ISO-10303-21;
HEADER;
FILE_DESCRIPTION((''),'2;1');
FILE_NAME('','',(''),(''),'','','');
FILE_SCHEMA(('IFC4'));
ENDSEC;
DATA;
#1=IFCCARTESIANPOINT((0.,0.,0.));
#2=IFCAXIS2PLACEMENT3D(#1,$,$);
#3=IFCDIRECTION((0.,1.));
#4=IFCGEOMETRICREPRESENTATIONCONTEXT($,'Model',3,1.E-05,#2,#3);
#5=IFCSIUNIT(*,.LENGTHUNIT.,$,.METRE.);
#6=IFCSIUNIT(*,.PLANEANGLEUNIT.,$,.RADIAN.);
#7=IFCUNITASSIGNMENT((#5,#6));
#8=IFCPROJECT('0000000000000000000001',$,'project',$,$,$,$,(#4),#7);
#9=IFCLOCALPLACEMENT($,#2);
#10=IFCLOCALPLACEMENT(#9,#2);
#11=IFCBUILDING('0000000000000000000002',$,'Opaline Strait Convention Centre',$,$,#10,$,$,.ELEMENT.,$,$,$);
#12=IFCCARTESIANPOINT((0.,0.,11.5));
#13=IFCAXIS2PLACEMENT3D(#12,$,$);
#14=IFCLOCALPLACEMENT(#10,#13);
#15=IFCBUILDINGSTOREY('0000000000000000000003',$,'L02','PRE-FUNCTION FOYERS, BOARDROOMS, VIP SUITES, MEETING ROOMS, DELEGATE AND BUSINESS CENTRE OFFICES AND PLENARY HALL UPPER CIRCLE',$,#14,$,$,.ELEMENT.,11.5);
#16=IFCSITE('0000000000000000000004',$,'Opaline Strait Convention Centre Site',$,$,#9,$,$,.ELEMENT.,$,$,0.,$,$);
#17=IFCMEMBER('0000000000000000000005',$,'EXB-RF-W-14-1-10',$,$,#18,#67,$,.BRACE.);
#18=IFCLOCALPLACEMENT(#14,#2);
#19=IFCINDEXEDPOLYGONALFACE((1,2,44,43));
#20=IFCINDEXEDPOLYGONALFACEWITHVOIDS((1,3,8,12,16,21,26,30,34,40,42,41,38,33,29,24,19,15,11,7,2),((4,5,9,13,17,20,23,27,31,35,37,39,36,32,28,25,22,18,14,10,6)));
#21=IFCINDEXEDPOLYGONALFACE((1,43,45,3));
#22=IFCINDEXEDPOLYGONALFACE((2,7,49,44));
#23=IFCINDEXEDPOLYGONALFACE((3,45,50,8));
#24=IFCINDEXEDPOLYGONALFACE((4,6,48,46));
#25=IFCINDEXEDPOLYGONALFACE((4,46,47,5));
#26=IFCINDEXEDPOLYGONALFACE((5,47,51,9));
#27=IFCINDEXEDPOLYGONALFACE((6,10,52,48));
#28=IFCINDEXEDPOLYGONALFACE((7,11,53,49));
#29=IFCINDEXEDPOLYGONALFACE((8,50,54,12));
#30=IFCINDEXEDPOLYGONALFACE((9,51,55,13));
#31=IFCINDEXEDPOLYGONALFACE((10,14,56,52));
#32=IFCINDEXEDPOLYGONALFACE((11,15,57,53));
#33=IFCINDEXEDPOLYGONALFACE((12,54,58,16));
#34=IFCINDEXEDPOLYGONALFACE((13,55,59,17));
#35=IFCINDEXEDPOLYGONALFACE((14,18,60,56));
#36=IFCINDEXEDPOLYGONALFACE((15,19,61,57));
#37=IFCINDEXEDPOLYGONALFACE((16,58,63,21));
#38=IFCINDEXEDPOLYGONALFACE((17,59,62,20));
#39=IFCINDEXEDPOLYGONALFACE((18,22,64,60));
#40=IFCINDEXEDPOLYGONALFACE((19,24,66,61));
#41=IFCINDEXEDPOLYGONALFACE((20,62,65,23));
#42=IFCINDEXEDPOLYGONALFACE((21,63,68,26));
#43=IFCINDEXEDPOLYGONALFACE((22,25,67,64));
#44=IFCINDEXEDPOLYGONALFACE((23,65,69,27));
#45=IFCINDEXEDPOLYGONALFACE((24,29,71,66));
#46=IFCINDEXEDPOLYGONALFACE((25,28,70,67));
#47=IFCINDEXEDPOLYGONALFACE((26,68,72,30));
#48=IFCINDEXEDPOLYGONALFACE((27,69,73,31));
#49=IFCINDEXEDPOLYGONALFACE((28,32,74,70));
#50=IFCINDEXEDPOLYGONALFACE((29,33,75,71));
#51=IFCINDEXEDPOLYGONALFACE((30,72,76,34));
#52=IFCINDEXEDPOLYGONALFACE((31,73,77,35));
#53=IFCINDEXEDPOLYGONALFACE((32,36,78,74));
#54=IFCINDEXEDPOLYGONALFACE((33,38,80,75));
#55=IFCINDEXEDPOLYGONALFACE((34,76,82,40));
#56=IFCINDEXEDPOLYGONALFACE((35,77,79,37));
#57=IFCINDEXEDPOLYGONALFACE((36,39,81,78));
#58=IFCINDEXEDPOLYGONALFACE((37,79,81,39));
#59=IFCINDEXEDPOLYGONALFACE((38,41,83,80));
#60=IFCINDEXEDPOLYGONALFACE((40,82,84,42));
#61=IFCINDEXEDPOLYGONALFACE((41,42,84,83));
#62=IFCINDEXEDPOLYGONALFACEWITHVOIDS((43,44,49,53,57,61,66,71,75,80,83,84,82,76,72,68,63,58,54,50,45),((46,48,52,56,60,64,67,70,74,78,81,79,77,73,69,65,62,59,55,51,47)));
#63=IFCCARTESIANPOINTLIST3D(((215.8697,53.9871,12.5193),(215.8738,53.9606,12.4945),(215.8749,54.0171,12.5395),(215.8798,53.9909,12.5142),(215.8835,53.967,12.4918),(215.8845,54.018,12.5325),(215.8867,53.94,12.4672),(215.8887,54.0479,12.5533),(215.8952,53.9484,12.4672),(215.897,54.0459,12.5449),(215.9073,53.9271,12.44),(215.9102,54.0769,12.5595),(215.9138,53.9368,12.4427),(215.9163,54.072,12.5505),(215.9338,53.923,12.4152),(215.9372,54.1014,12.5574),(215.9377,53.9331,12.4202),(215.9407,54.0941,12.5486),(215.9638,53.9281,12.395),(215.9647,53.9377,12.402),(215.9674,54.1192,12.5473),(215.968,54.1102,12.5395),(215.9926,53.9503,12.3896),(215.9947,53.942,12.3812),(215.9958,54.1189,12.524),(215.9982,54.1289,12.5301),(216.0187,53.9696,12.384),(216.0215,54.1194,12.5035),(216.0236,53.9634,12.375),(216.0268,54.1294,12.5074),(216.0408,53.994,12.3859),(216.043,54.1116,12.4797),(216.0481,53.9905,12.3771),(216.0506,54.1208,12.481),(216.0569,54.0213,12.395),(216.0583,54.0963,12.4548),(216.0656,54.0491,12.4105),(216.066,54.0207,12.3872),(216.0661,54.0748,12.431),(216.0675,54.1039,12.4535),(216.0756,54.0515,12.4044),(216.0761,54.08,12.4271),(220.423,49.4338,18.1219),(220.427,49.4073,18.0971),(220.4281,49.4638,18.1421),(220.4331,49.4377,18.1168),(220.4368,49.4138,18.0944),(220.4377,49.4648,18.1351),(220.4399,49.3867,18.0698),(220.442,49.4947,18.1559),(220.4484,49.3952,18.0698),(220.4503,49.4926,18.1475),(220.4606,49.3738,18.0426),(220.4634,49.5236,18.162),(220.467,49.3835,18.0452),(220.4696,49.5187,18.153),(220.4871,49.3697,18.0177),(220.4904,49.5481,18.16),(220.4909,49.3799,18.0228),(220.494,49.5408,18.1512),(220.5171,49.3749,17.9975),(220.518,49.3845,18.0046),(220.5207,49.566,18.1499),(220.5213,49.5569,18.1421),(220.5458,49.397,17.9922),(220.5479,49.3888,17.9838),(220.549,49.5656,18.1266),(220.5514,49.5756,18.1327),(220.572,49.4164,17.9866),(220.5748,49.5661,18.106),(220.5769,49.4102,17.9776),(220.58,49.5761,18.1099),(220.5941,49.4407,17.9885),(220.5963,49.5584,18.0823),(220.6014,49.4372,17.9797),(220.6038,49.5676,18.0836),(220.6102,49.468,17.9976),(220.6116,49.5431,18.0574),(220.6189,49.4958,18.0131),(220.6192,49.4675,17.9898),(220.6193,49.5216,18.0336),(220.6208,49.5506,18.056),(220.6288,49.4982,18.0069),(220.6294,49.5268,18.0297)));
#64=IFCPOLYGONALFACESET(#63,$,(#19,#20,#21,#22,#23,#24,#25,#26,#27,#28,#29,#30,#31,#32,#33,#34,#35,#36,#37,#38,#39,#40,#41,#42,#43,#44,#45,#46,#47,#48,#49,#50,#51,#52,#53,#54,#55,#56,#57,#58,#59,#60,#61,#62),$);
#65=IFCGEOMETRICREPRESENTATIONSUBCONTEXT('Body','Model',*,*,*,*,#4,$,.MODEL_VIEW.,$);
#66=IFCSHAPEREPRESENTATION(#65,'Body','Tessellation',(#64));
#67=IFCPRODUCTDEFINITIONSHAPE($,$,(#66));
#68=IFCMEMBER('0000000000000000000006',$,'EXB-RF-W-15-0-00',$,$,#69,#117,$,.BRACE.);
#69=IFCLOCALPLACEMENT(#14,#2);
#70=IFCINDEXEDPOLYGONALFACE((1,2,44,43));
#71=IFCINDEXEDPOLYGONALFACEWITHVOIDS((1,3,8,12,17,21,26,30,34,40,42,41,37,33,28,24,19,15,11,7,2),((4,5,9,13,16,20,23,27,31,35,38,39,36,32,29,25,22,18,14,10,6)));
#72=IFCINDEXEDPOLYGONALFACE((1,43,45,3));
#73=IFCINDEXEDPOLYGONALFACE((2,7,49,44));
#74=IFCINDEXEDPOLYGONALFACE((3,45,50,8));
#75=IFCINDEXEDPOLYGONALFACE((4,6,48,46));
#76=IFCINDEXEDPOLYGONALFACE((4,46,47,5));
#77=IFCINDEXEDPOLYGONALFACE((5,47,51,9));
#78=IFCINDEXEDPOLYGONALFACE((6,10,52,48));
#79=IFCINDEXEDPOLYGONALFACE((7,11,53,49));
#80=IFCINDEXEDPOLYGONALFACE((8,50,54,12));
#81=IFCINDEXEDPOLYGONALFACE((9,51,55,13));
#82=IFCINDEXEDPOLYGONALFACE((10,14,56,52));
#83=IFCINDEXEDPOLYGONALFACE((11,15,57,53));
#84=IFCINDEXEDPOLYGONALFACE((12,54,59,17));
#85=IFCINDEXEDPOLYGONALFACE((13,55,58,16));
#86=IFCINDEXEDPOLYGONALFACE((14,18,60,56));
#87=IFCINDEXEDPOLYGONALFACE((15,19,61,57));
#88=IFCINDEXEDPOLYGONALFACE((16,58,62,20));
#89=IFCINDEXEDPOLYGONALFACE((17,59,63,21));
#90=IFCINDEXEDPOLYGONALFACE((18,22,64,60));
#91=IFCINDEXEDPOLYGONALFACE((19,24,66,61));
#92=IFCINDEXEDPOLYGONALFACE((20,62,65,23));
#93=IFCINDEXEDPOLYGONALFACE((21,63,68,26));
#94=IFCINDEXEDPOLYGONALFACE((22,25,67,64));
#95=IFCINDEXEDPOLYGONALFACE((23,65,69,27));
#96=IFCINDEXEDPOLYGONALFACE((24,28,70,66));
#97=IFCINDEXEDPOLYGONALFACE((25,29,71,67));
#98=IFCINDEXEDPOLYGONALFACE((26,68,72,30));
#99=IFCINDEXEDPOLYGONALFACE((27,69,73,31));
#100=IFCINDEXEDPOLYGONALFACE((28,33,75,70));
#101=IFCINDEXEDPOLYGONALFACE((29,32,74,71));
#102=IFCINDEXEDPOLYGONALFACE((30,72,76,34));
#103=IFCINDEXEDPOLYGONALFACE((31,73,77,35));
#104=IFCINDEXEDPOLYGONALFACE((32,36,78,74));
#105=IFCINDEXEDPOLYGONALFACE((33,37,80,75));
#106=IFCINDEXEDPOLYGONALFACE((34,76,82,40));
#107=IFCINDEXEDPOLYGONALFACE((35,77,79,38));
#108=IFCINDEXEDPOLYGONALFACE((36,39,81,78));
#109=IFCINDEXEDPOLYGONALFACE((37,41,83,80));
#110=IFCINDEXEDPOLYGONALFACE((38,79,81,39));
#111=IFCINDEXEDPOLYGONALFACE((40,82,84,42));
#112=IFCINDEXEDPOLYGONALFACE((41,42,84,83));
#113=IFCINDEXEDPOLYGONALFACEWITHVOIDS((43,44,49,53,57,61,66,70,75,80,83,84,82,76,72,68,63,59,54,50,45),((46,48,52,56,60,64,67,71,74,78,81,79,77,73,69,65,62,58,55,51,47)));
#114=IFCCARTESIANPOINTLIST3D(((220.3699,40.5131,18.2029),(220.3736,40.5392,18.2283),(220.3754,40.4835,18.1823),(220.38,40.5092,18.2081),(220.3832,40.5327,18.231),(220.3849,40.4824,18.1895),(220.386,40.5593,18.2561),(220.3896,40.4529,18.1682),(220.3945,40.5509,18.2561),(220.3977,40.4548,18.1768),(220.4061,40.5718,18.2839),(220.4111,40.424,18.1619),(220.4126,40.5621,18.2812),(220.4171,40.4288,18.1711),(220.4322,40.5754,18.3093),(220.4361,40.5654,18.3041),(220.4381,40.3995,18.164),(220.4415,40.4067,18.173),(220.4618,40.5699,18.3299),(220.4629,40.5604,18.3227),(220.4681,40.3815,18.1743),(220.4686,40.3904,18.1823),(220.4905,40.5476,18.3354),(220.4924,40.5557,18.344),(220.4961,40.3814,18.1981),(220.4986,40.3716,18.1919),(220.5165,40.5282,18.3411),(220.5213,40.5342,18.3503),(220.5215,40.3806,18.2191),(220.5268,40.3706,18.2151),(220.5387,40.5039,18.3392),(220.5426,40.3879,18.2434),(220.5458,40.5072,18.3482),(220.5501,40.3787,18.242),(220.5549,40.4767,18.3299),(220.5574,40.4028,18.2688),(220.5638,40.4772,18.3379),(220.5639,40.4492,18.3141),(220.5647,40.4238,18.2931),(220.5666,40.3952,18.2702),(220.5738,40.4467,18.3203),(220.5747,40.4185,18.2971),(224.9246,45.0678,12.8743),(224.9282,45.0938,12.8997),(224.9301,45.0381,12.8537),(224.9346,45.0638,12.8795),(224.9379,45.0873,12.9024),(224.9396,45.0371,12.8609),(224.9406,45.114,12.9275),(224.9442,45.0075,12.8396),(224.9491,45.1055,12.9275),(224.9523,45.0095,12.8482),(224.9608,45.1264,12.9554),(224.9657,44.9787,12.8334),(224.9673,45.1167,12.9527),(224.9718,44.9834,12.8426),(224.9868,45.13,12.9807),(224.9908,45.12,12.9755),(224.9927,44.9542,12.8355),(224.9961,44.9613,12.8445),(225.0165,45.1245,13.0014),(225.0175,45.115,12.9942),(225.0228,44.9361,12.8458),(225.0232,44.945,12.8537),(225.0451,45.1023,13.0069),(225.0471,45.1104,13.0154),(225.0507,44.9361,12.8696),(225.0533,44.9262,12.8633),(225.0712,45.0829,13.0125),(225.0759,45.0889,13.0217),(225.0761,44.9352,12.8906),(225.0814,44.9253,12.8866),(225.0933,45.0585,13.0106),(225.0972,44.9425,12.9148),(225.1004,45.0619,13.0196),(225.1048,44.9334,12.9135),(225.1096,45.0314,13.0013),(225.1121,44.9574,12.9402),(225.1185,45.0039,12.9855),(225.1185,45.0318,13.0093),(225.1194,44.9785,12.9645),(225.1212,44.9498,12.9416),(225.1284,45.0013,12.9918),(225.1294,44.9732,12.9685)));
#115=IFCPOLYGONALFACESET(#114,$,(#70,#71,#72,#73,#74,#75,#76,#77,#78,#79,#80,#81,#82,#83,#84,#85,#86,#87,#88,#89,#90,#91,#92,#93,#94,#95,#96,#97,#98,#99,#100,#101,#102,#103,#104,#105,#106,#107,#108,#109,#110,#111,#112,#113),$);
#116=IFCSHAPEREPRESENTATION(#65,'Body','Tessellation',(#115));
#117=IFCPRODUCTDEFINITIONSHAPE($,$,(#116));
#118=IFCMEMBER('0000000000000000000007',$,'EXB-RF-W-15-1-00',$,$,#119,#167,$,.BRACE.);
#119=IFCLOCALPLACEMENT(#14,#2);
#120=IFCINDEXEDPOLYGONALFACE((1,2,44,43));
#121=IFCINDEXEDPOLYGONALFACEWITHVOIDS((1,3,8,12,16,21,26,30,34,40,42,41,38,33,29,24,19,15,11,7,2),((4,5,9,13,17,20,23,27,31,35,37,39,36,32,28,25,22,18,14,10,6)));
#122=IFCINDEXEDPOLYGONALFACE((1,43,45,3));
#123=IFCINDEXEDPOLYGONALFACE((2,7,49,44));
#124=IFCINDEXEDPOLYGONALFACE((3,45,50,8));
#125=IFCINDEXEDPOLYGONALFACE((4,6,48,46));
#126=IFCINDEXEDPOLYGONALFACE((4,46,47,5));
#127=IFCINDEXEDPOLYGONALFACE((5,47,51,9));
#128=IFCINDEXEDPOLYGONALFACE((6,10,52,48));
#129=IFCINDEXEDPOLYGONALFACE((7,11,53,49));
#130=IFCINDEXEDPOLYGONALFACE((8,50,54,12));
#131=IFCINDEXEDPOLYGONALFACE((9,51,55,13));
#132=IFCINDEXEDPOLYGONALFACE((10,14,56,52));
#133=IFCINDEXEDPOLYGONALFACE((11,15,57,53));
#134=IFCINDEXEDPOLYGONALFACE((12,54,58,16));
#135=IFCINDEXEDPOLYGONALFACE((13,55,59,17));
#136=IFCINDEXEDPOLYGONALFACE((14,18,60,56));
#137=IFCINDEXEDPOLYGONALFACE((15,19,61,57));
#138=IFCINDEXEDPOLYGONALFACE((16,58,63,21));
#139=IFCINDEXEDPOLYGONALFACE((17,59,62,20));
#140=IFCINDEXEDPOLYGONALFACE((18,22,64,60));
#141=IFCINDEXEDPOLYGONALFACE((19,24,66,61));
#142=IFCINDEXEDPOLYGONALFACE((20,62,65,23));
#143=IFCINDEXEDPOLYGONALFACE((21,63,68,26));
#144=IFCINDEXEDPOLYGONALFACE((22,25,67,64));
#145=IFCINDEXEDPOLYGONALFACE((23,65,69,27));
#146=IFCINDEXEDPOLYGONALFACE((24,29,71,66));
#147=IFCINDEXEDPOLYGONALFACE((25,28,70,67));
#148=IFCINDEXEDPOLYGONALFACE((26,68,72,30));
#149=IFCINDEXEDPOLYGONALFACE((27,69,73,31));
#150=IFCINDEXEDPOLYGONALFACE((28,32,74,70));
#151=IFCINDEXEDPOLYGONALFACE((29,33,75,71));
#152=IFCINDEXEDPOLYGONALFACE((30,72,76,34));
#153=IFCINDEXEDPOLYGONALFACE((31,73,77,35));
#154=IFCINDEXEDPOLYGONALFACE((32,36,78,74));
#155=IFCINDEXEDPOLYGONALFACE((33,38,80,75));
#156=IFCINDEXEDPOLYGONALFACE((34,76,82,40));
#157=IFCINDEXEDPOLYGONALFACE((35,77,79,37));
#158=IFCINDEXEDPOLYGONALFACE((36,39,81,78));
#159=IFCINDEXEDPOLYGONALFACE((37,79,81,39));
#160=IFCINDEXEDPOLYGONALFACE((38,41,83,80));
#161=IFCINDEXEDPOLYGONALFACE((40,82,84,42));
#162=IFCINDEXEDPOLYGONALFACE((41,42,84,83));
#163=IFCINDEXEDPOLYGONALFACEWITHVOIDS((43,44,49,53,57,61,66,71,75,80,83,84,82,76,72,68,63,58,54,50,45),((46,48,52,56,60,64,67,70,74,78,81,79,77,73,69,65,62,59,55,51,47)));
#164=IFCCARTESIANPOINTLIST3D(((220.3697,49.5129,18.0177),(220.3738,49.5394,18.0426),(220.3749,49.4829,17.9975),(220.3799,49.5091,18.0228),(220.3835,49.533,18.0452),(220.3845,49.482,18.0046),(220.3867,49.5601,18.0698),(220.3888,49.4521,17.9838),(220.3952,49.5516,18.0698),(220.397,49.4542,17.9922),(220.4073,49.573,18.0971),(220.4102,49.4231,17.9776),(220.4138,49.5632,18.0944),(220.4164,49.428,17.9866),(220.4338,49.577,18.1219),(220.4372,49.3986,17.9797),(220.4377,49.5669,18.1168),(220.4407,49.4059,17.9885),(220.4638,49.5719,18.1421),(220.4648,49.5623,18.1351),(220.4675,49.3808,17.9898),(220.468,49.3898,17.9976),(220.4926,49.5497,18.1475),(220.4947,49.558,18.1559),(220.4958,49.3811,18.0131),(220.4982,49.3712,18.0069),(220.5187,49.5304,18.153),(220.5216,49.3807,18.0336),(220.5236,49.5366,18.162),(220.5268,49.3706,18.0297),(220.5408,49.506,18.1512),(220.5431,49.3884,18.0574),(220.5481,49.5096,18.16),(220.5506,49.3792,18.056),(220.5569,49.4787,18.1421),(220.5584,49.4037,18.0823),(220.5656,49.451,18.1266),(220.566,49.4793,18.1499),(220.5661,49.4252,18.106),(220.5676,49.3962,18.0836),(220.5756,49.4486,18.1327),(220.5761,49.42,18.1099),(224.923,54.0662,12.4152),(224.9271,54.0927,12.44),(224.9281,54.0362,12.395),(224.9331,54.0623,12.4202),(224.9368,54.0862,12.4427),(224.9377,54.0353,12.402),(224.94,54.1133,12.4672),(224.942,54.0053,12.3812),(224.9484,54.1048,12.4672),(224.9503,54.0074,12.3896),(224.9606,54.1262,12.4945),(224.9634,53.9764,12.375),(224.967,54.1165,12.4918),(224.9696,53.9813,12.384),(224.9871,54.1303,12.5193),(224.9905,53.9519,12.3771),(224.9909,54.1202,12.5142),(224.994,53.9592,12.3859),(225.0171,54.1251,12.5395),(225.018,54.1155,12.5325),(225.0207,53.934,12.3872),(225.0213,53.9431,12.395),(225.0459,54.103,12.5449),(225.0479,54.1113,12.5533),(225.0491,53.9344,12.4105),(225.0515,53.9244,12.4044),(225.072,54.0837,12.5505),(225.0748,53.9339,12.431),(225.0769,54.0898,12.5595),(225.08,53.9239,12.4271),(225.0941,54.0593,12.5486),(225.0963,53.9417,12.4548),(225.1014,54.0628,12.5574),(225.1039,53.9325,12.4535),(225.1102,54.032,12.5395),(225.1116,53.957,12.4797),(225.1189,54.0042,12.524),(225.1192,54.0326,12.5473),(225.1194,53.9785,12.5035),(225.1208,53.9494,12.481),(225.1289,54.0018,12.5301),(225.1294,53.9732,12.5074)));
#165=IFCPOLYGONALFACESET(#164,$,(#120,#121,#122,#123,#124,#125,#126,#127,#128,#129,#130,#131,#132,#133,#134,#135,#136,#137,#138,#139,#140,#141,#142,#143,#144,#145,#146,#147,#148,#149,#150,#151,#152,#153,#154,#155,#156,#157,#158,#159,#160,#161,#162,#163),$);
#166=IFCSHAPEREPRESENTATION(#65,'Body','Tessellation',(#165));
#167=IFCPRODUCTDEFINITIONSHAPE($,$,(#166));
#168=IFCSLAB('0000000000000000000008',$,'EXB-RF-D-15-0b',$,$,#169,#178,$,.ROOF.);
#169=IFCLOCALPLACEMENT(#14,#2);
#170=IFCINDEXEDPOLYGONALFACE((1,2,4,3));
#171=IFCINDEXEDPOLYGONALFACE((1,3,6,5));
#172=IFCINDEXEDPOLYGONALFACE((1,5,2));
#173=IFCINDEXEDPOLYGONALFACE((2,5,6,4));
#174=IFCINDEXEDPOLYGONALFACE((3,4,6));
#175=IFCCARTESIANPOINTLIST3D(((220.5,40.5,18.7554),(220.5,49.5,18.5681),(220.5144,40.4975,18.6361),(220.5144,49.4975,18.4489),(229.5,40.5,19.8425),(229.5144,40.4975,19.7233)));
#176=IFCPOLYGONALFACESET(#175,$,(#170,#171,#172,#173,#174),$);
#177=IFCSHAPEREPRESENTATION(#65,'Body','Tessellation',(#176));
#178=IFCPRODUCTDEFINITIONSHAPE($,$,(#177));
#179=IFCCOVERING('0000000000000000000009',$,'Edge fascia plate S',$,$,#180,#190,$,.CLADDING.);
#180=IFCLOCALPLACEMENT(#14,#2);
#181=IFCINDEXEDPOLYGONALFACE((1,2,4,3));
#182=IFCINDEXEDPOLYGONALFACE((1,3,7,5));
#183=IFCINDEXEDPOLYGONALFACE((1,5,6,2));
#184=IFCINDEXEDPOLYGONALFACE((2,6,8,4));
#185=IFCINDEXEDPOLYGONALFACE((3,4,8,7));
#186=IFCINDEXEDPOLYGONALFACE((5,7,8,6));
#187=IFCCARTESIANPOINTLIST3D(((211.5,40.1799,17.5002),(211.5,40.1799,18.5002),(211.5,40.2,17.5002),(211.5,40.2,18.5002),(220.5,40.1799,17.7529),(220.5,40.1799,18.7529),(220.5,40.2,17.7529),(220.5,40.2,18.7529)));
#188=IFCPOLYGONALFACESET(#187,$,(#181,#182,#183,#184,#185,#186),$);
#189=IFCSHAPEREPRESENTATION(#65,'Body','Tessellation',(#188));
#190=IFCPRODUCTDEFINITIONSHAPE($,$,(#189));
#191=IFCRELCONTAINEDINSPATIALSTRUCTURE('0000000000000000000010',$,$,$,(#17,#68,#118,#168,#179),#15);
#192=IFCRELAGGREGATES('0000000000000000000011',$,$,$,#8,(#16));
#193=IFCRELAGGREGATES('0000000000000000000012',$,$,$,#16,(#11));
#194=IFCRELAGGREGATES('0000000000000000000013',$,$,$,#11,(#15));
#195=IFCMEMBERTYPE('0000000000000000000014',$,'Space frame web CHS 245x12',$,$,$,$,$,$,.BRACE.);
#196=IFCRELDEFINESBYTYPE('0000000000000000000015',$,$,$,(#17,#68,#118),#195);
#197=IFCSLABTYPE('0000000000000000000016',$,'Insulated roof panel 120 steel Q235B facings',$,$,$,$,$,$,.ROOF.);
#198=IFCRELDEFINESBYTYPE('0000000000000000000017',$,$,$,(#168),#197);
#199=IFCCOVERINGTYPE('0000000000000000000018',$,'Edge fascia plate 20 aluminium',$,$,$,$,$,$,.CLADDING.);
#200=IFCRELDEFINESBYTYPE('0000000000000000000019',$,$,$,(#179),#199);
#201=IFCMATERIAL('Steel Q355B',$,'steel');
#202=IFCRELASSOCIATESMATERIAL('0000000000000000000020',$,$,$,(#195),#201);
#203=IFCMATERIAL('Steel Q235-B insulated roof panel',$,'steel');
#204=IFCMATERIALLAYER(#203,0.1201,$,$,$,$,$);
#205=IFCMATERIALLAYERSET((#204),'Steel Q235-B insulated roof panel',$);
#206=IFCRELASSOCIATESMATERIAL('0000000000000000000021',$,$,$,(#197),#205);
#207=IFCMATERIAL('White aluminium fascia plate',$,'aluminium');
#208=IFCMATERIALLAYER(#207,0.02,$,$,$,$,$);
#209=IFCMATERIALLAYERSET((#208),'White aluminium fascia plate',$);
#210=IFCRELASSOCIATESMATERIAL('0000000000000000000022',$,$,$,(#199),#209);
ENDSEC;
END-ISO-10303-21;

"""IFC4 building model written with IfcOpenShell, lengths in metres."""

from ifc_helpers import new_model, si_unit, direction, frame, origin, origin_2d, place, context, subcontext, project, spatial, polyline, hollow_circle, outline, extrude, material, layer, layer_set, material_profile, profile_set, type_object, element, save


model = new_model("IFC4")

# Units and contexts
model_context = context("Model", 3, precision=1e-05, world=origin(), true_north=direction((0.0, 1.0)))
body_context = subcontext(model_context, "Body", "Model", "MODEL_VIEW")
ifc_project = project(units=[si_unit("LENGTHUNIT", "METRE"), si_unit("PLANEANGLEUNIT", "RADIAN")], contexts=[model_context])

# Site, building, storey
site_placement = place(None, origin())
site = spatial("IfcSite", under=ifc_project, at=site_placement, Name="Opaline Strait Convention Centre Site", CompositionType="ELEMENT", RefElevation=0.0)
building_placement = place(site_placement, origin())
building = spatial("IfcBuilding", under=site, at=building_placement, Name="Opaline Strait Convention Centre", CompositionType="ELEMENT")
storey_placement = place(building_placement, frame((0.0, 0.0, 11.5)))
storey = spatial("IfcBuildingStorey", under=building, at=storey_placement, Name="L02", Description="PRE-FUNCTION FOYERS, BOARDROOMS, VIP SUITES, MEETING ROOMS, DELEGATE AND BUSINESS CENTRE OFFICES AND PLENARY HALL UPPER CIRCLE", CompositionType="ELEMENT", Elevation=11.5)

# Members
ifc_material_1 = material(Name="Steel Q355B", Category="steel")
ifc_material_profile_1 = material_profile(ifc_material_1, hollow_circle(Radius=0.1226, WallThickness=0.012, at=origin_2d()), Name="CHS 245x12")
ifc_profile_set_1 = profile_set([ifc_material_profile_1], Name="Steel Q355B")
member_type_1 = type_object("IfcMemberType", Name="Space frame web CHS 245x12", PredefinedType="BRACE", material=ifc_profile_set_1)
member_1_placement = place(storey_placement, frame((220.5266, 49.4734, 18.0698), z_axis=(-0.533455, 0.533455, -0.656393), x_axis=(-0.707107, -0.707107, 0.0)))
element("IfcMember", 1, at=member_1_placement, inside=storey, type_object=member_type_1, Name="EXB-RF-W-14-1-10", PredefinedType="BRACE", context=body_context, shape_type="SweptSolid", body=[
    extrude(hollow_circle(Radius=0.1226, WallThickness=0.012, at=origin_2d()), origin(), (0.0, 0.0, 1.0), 8.5354),
])
member_2_placement = place(storey_placement, frame((220.4727, 40.4727, 18.2561), z_axis=(0.544839, 0.544839, -0.637417), x_axis=(-0.707107, 0.707107, 0.0)))
element("IfcMember", 2, at=member_2_placement, inside=storey, type_object=member_type_1, Name="EXB-RF-W-15-0-00", PredefinedType="BRACE", context=body_context, shape_type="SweptSolid", body=[
    extrude(hollow_circle(Radius=0.1226, WallThickness=0.012, at=origin_2d()), origin(), (0.0, 0.0, 1.0), 8.3596),
])
member_3_placement = place(storey_placement, frame((220.4734, 49.4734, 18.0698), z_axis=(0.533455, 0.533455, -0.656393), x_axis=(-0.707107, 0.707107, 0.0)))
element("IfcMember", 3, at=member_3_placement, inside=storey, type_object=member_type_1, Name="EXB-RF-W-15-1-00", PredefinedType="BRACE", context=body_context, shape_type="SweptSolid", body=[
    extrude(hollow_circle(Radius=0.1226, WallThickness=0.012, at=origin_2d()), origin(), (0.0, 0.0, 1.0), 8.5354),
])

# Slab
ifc_material_2 = material(Name="Steel Q235-B insulated roof panel", Category="steel")
ifc_layer_1 = layer(ifc_material_2, 0.1201)
ifc_layer_set_1 = layer_set([ifc_layer_1], Name="Steel Q235-B insulated roof panel")
slab_type = type_object("IfcSlabType", Name="Insulated roof panel 120 steel Q235B facings", PredefinedType="ROOF", material=ifc_layer_set_1)
slab_placement = place(storey_placement, frame((220.5, 40.5, 18.7554), z_axis=(-0.119898, 0.020652, 0.992571), x_axis=(0.992783, 0.0, 0.119924)))
element("IfcSlab", 4, at=slab_placement, inside=storey, type_object=slab_type, Name="EXB-RF-D-15-0b", PredefinedType="ROOF", context=body_context, shape_type="SweptSolid", body=[
    extrude(outline(polyline([(0.0, 0.0), (9.0654, 0.0), (-0.0225, 9.0019), (0.0, 0.0)])), origin(), (0.0, 0.0, -1.0), 0.1201),
])

# Covering
ifc_material_3 = material(Name="White aluminium fascia plate", Category="aluminium")
ifc_layer_2 = layer(ifc_material_3, 0.02)
ifc_layer_set_2 = layer_set([ifc_layer_2], Name="White aluminium fascia plate")
covering_type_1 = type_object("IfcCoveringType", Name="Edge fascia plate 20 aluminium", PredefinedType="CLADDING", material=ifc_layer_set_2)
covering_1_placement = place(storey_placement, frame((216.0, 40.2, 18.1265), z_axis=(0.0, -1.0, 0.0), x_axis=(1.0, 0.0, 0.0)))
element("IfcCovering", 5, at=covering_1_placement, inside=storey, type_object=covering_type_1, Name="Edge fascia plate S", PredefinedType="CLADDING", context=body_context, shape_type="SweptSolid", body=[
    extrude(outline(polyline([(-4.5, 0.3738), (4.5, 0.6265), (4.5, -0.3735), (-4.5, -0.6262), (-4.5, 0.3738)])), origin(), (0.0, 0.0, 1.0), 0.02),
])

save(model, "model.ifc")
